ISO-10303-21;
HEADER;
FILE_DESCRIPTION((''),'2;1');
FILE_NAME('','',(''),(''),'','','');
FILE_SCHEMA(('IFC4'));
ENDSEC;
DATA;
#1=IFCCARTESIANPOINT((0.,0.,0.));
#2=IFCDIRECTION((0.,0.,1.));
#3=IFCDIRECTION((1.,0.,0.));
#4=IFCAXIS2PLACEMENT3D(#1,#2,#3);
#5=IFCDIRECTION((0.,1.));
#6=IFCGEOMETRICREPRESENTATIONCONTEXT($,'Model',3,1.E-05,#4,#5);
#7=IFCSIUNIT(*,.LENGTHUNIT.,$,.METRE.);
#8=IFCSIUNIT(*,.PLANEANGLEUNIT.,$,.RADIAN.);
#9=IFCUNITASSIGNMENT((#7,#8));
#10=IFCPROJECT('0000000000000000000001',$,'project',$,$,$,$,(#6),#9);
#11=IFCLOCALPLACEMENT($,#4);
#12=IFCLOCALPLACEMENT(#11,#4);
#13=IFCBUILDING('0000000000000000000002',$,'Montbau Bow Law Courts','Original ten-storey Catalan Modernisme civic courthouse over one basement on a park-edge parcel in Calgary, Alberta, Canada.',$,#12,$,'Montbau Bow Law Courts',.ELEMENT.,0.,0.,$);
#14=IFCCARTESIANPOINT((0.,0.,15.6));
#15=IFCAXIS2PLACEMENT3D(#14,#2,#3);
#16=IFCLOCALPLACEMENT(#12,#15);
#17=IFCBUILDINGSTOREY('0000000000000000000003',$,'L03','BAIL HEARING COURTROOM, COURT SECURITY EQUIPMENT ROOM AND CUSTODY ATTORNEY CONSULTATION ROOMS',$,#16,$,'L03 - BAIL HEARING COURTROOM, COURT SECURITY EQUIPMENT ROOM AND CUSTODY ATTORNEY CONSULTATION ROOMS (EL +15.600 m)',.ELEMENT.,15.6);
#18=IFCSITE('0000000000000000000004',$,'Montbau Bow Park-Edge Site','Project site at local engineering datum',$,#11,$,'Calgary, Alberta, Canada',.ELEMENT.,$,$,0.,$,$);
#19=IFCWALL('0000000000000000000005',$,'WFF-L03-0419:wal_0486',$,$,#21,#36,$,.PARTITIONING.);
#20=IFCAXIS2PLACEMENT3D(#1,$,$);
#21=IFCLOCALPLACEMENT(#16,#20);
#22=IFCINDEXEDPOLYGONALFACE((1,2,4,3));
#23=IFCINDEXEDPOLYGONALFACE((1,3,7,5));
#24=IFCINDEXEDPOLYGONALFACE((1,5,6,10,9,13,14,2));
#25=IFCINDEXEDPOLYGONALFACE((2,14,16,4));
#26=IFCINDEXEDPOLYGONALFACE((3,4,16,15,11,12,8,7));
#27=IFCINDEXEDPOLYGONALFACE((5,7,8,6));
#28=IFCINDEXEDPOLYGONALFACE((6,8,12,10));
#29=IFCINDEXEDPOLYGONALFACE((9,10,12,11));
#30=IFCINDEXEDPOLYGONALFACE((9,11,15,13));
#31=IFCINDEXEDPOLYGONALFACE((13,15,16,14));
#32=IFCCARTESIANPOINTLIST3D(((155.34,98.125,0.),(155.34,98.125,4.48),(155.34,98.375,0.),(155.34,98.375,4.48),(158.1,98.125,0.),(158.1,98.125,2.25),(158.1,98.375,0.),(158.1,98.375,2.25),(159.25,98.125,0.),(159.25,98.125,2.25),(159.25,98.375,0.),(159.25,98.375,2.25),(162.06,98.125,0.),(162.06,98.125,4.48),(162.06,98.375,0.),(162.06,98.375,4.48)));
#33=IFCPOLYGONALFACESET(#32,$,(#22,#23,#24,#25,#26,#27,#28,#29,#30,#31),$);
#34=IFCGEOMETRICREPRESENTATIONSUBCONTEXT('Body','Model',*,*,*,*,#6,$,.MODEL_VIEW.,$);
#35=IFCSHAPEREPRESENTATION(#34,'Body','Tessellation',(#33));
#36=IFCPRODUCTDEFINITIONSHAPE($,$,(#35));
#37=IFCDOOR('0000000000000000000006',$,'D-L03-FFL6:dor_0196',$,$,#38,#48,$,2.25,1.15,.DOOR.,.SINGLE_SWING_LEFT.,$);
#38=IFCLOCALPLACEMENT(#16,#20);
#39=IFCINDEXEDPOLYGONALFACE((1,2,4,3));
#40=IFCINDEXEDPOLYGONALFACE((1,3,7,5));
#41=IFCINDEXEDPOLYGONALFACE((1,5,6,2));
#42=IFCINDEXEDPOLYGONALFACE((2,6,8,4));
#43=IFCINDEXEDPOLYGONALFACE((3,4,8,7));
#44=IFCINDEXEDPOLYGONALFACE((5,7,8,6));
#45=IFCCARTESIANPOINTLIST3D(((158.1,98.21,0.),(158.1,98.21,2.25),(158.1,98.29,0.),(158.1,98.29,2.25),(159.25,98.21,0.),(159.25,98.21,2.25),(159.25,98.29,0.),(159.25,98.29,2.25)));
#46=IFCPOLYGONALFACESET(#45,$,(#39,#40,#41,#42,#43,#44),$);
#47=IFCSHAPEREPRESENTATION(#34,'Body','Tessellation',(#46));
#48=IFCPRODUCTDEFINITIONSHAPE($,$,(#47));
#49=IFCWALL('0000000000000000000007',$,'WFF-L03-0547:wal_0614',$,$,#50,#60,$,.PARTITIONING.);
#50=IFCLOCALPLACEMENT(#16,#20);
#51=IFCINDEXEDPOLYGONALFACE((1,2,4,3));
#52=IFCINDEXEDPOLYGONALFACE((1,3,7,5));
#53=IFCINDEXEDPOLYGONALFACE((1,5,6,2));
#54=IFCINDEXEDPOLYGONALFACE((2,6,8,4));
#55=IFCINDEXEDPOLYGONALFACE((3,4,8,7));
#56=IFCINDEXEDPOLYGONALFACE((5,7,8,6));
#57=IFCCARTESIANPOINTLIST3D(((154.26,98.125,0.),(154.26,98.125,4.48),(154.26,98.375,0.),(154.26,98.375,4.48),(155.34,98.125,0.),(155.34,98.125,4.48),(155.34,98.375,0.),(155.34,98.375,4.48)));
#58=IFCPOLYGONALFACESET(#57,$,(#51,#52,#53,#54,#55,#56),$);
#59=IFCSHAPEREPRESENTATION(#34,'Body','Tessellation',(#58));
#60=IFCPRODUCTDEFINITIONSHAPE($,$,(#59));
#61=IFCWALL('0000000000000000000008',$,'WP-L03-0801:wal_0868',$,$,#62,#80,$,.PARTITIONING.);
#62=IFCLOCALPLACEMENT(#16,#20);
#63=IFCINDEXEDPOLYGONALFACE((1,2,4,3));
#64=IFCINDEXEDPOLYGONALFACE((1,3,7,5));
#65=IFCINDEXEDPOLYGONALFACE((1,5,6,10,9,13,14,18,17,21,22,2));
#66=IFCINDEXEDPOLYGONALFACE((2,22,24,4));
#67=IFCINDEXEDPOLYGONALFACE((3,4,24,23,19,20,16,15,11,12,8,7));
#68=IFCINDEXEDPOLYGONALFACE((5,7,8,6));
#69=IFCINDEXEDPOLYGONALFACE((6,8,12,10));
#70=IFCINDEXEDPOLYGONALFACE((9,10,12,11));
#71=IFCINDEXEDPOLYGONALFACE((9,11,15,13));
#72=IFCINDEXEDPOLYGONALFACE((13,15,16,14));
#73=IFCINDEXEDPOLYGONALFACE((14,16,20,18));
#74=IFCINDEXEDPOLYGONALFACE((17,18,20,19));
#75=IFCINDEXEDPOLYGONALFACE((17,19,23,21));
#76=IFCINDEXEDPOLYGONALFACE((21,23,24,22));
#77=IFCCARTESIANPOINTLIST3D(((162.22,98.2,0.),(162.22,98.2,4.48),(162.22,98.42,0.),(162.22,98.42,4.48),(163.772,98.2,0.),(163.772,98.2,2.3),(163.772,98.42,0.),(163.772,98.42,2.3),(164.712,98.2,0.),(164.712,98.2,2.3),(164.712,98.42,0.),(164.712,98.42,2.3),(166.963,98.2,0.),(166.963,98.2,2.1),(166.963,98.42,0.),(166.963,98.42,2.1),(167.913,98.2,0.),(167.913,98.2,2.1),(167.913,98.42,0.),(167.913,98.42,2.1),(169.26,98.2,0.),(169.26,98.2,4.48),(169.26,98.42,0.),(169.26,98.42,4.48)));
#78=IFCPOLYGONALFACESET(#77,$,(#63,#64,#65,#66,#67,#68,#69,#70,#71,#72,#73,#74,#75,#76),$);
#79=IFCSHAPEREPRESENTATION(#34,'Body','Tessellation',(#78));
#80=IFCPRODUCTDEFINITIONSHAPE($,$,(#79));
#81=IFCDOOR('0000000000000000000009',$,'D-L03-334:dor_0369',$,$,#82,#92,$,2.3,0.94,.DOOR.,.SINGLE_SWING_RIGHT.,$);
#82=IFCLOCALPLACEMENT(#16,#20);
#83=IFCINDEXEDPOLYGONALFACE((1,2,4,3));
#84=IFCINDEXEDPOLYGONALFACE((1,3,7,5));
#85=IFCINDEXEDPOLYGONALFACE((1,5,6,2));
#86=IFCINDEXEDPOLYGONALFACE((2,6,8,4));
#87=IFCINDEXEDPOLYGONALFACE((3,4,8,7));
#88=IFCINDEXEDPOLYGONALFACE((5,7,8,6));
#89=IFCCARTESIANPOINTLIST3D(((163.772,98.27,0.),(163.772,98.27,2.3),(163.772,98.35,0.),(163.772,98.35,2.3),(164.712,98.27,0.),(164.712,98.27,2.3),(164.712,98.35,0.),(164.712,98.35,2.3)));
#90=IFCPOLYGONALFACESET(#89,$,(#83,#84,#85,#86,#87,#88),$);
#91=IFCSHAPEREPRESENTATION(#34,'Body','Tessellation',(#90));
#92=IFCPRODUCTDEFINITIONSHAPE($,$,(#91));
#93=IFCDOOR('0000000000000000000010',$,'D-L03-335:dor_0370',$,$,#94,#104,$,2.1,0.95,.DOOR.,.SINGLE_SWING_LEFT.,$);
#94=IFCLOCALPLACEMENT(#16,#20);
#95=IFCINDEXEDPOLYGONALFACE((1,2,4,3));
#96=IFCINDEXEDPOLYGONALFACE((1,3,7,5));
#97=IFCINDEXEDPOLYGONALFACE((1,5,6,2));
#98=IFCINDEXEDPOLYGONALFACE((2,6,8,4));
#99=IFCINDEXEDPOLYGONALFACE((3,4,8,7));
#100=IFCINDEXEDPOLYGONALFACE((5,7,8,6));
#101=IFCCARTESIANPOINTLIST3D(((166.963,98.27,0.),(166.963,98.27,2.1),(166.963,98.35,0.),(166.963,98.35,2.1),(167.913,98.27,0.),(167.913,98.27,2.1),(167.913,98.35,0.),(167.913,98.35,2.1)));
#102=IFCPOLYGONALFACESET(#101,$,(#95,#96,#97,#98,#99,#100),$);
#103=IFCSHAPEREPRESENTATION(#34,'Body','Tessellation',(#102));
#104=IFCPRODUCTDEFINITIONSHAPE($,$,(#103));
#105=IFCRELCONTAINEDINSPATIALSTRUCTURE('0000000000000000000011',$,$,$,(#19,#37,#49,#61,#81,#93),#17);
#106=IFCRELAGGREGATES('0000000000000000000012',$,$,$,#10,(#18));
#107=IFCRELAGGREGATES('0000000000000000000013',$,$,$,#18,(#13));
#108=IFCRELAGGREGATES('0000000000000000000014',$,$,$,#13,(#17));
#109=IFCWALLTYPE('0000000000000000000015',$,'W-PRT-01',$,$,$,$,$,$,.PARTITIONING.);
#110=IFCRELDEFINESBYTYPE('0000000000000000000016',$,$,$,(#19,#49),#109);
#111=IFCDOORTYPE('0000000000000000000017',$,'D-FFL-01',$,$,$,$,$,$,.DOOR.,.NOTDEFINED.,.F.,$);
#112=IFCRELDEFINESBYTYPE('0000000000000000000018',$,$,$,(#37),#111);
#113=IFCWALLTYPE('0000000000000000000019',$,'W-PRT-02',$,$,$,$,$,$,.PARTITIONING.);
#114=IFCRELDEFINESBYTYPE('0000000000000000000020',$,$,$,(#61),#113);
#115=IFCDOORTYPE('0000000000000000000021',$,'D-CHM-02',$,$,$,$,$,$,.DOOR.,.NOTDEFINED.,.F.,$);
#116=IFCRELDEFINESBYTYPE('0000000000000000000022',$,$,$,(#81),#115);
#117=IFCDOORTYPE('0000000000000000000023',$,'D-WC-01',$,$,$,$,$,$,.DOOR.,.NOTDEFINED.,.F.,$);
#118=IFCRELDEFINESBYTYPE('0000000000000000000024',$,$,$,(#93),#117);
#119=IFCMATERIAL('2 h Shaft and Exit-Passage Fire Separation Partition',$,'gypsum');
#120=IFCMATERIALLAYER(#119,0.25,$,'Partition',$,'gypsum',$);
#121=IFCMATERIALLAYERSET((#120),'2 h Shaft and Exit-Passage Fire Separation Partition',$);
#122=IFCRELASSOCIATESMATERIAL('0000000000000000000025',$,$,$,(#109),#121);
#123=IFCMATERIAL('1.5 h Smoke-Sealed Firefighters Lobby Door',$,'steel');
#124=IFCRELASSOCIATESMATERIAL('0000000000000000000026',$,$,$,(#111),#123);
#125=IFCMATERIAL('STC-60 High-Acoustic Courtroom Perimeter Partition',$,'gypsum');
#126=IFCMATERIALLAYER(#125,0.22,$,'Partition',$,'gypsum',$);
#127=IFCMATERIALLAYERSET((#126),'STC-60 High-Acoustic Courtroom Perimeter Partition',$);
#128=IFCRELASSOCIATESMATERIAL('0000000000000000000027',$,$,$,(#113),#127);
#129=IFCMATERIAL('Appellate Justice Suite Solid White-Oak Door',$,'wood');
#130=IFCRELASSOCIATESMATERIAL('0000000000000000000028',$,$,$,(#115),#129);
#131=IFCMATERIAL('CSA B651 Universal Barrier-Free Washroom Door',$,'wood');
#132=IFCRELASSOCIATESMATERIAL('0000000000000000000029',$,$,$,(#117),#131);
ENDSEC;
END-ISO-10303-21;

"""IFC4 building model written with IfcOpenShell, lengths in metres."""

from ifc_helpers import new_model, si_unit, direction, frame, frame_2d, origin_with_axes, place, context, subcontext, project, spatial, rectangle, extrude, material, layer, layer_set, type_object, element, fill, save


model = new_model("IFC4")

# Units and contexts
model_context = context("Model", 3, precision=1e-05, world=origin_with_axes(), true_north=direction((0.0, 1.0)))
body_context = subcontext(model_context, "Body", "Model", "MODEL_VIEW")
ifc_project = project(units=[si_unit("LENGTHUNIT", "METRE"), si_unit("PLANEANGLEUNIT", "RADIAN")], contexts=[model_context])

# Site, building, storey
site_placement = place(None, origin_with_axes())
site = spatial("IfcSite", under=ifc_project, at=site_placement, Name="Montbau Bow Park-Edge Site", Description="Project site at local engineering datum", LongName="Calgary, Alberta, Canada", CompositionType="ELEMENT", RefElevation=0.0)
building_placement = place(site_placement, origin_with_axes())
building = spatial("IfcBuilding", under=site, at=building_placement, Name="Montbau Bow Law Courts", Description="Original ten-storey Catalan Modernisme civic courthouse over one basement on a park-edge parcel in Calgary, Alberta, Canada.", LongName="Montbau Bow Law Courts", CompositionType="ELEMENT", ElevationOfRefHeight=0.0, ElevationOfTerrain=0.0)
storey_placement = place(building_placement, frame((0.0, 0.0, 15.6), z_axis=(0.0, 0.0, 1.0), x_axis=(1.0, 0.0, 0.0)))
storey = spatial("IfcBuildingStorey", under=building, at=storey_placement, Name="L03", Description="BAIL HEARING COURTROOM, COURT SECURITY EQUIPMENT ROOM AND CUSTODY ATTORNEY CONSULTATION ROOMS", LongName="L03 - BAIL HEARING COURTROOM, COURT SECURITY EQUIPMENT ROOM AND CUSTODY ATTORNEY CONSULTATION ROOMS (EL +15.600 m)", CompositionType="ELEMENT", Elevation=15.6)

# Wall, opening, door
ifc_material_1 = material(Name="2 h Shaft and Exit-Passage Fire Separation Partition", Category="gypsum")
ifc_layer_1 = layer(ifc_material_1, 0.25, Name="Partition", Category="gypsum")
ifc_layer_set_1 = layer_set([ifc_layer_1], Name="2 h Shaft and Exit-Passage Fire Separation Partition")
wall_type_1 = type_object("IfcWallType", Name="W-PRT-01", PredefinedType="PARTITIONING", material=ifc_layer_set_1)
ifc_material_2 = material(Name="1.5 h Smoke-Sealed Firefighters Lobby Door", Category="steel")
door_type_1 = type_object("IfcDoorType", Name="D-FFL-01", OperationType="NOTDEFINED", ParameterTakesPrecedence=False, PredefinedType="DOOR", material=ifc_material_2)
wall_1_placement = place(None, frame((162.06, 98.25, 15.6), z_axis=(0.0, 0.0, 1.0), x_axis=(-1.0, 0.0, 0.0)))
wall_1 = element("IfcWall", 1, at=wall_1_placement, inside=storey, type_object=wall_type_1, Name="WFF-L03-0419:wal_0486", PredefinedType="PARTITIONING", context=body_context, shape_type="SweptSolid", body=[
    extrude(rectangle(XDim=6.72, YDim=0.25, at=frame_2d((3.36, 0.0), x_axis=(1.0, 0.0))), origin_with_axes(), (0.0, 0.0, 1.0), 4.48),
])
opening_1_placement = place(None, frame((158.675, 98.25, 15.6), z_axis=(0.0, 0.0, 1.0), x_axis=(-1.0, 0.0, 0.0)))
opening_1 = element("IfcOpeningElement", 2, at=opening_1_placement, cuts=wall_1, PredefinedType="OPENING", context=body_context, shape_type="SweptSolid", body=[
    extrude(rectangle(XDim=1.15, YDim=2.25, at=frame_2d((0.0, 1.125), x_axis=(1.0, 0.0))), frame((0.0, 0.135, 0.0), z_axis=(0.0, -1.0, 0.0), x_axis=(1.0, 0.0, 0.0)), (0.0, 0.0, 1.0), 0.27),
])
door_1_placement = place(None, frame((158.675, 98.25, 15.6), z_axis=(0.0, 0.0, 1.0), x_axis=(1.0, 0.0, 0.0)))
door_1 = element("IfcDoor", 3, at=door_1_placement, inside=storey, type_object=door_type_1, Name="D-L03-FFL6:dor_0196", OperationType="SINGLE_SWING_LEFT", OverallHeight=2.25, OverallWidth=1.15, PredefinedType="DOOR", context=body_context, shape_type="SweptSolid", body=[
    extrude(rectangle(XDim=1.15, YDim=2.25, at=frame_2d((0.0, 1.125), x_axis=(1.0, 0.0))), frame((0.0, 0.04, 0.0), z_axis=(0.0, -1.0, 0.0), x_axis=(1.0, 0.0, 0.0)), (0.0, 0.0, 1.0), 0.08),
])
fill(opening_1, door_1)

# Wall
wall_2_placement = place(None, frame((154.26, 98.25, 15.6), z_axis=(0.0, 0.0, 1.0), x_axis=(1.0, 0.0, 0.0)))
element("IfcWall", 4, at=wall_2_placement, inside=storey, type_object=wall_type_1, Name="WFF-L03-0547:wal_0614", PredefinedType="PARTITIONING", context=body_context, shape_type="SweptSolid", body=[
    extrude(rectangle(XDim=1.08, YDim=0.25, at=frame_2d((0.54, 0.0), x_axis=(1.0, 0.0))), origin_with_axes(), (0.0, 0.0, 1.0), 4.48),
])

# Wall, openings, doors
ifc_material_3 = material(Name="STC-60 High-Acoustic Courtroom Perimeter Partition", Category="gypsum")
ifc_layer_2 = layer(ifc_material_3, 0.22, Name="Partition", Category="gypsum")
ifc_layer_set_2 = layer_set([ifc_layer_2], Name="STC-60 High-Acoustic Courtroom Perimeter Partition")
wall_type_2 = type_object("IfcWallType", Name="W-PRT-02", PredefinedType="PARTITIONING", material=ifc_layer_set_2)
wall_3_placement = place(None, frame((162.22, 98.31, 15.6), z_axis=(0.0, 0.0, 1.0), x_axis=(1.0, 0.0, 0.0)))
wall_3 = element("IfcWall", 5, at=wall_3_placement, inside=storey, type_object=wall_type_2, Name="WP-L03-0801:wal_0868", PredefinedType="PARTITIONING", context=body_context, shape_type="SweptSolid", body=[
    extrude(rectangle(XDim=7.04, YDim=0.22, at=frame_2d((3.52, 0.0), x_axis=(1.0, 0.0))), origin_with_axes(), (0.0, 0.0, 1.0), 4.48),
])
opening_2_placement = place(None, frame((164.242, 98.31, 15.6), z_axis=(0.0, 0.0, 1.0), x_axis=(1.0, 0.0, 0.0)))
opening_2 = element("IfcOpeningElement", 6, at=opening_2_placement, cuts=wall_3, PredefinedType="OPENING", context=body_context, shape_type="SweptSolid", body=[
    extrude(rectangle(XDim=0.94, YDim=2.3, at=frame_2d((0.0, 1.15), x_axis=(1.0, 0.0))), frame((0.0, 0.12, 0.0), z_axis=(0.0, -1.0, 0.0), x_axis=(1.0, 0.0, 0.0)), (0.0, 0.0, 1.0), 0.24),
])
opening_3_placement = place(None, frame((167.438, 98.31, 15.6), z_axis=(0.0, 0.0, 1.0), x_axis=(1.0, 0.0, 0.0)))
opening_3 = element("IfcOpeningElement", 7, at=opening_3_placement, cuts=wall_3, PredefinedType="OPENING", context=body_context, shape_type="SweptSolid", body=[
    extrude(rectangle(XDim=0.95, YDim=2.1, at=frame_2d((0.0, 1.05), x_axis=(1.0, 0.0))), frame((0.0, 0.12, 0.0), z_axis=(0.0, -1.0, 0.0), x_axis=(1.0, 0.0, 0.0)), (0.0, 0.0, 1.0), 0.24),
])
ifc_material_4 = material(Name="Appellate Justice Suite Solid White-Oak Door", Category="wood")
door_type_2 = type_object("IfcDoorType", Name="D-CHM-02", OperationType="NOTDEFINED", ParameterTakesPrecedence=False, PredefinedType="DOOR", material=ifc_material_4)
door_2_placement = place(None, frame((164.242, 98.31, 15.6), z_axis=(0.0, 0.0, 1.0), x_axis=(1.0, 0.0, 0.0)))
door_2 = element("IfcDoor", 8, at=door_2_placement, inside=storey, type_object=door_type_2, Name="D-L03-334:dor_0369", OperationType="SINGLE_SWING_RIGHT", OverallHeight=2.3, OverallWidth=0.94, PredefinedType="DOOR", context=body_context, shape_type="SweptSolid", body=[
    extrude(rectangle(XDim=0.94, YDim=2.3, at=frame_2d((0.0, 1.15), x_axis=(1.0, 0.0))), frame((0.0, 0.04, 0.0), z_axis=(0.0, -1.0, 0.0), x_axis=(1.0, 0.0, 0.0)), (0.0, 0.0, 1.0), 0.08),
])
fill(opening_2, door_2)
ifc_material_5 = material(Name="CSA B651 Universal Barrier-Free Washroom Door", Category="wood")
door_type_3 = type_object("IfcDoorType", Name="D-WC-01", OperationType="NOTDEFINED", ParameterTakesPrecedence=False, PredefinedType="DOOR", material=ifc_material_5)
door_3_placement = place(None, frame((167.438, 98.31, 15.6), z_axis=(0.0, 0.0, 1.0), x_axis=(1.0, 0.0, 0.0)))
door_3 = element("IfcDoor", 9, at=door_3_placement, inside=storey, type_object=door_type_3, Name="D-L03-335:dor_0370", OperationType="SINGLE_SWING_LEFT", OverallHeight=2.1, OverallWidth=0.95, PredefinedType="DOOR", context=body_context, shape_type="SweptSolid", body=[
    extrude(rectangle(XDim=0.95, YDim=2.1, at=frame_2d((0.0, 1.05), x_axis=(1.0, 0.0))), frame((0.0, 0.04, 0.0), z_axis=(0.0, -1.0, 0.0), x_axis=(1.0, 0.0, 0.0)), (0.0, 0.0, 1.0), 0.08),
])
fill(opening_3, door_3)

save(model, "model.ifc")
